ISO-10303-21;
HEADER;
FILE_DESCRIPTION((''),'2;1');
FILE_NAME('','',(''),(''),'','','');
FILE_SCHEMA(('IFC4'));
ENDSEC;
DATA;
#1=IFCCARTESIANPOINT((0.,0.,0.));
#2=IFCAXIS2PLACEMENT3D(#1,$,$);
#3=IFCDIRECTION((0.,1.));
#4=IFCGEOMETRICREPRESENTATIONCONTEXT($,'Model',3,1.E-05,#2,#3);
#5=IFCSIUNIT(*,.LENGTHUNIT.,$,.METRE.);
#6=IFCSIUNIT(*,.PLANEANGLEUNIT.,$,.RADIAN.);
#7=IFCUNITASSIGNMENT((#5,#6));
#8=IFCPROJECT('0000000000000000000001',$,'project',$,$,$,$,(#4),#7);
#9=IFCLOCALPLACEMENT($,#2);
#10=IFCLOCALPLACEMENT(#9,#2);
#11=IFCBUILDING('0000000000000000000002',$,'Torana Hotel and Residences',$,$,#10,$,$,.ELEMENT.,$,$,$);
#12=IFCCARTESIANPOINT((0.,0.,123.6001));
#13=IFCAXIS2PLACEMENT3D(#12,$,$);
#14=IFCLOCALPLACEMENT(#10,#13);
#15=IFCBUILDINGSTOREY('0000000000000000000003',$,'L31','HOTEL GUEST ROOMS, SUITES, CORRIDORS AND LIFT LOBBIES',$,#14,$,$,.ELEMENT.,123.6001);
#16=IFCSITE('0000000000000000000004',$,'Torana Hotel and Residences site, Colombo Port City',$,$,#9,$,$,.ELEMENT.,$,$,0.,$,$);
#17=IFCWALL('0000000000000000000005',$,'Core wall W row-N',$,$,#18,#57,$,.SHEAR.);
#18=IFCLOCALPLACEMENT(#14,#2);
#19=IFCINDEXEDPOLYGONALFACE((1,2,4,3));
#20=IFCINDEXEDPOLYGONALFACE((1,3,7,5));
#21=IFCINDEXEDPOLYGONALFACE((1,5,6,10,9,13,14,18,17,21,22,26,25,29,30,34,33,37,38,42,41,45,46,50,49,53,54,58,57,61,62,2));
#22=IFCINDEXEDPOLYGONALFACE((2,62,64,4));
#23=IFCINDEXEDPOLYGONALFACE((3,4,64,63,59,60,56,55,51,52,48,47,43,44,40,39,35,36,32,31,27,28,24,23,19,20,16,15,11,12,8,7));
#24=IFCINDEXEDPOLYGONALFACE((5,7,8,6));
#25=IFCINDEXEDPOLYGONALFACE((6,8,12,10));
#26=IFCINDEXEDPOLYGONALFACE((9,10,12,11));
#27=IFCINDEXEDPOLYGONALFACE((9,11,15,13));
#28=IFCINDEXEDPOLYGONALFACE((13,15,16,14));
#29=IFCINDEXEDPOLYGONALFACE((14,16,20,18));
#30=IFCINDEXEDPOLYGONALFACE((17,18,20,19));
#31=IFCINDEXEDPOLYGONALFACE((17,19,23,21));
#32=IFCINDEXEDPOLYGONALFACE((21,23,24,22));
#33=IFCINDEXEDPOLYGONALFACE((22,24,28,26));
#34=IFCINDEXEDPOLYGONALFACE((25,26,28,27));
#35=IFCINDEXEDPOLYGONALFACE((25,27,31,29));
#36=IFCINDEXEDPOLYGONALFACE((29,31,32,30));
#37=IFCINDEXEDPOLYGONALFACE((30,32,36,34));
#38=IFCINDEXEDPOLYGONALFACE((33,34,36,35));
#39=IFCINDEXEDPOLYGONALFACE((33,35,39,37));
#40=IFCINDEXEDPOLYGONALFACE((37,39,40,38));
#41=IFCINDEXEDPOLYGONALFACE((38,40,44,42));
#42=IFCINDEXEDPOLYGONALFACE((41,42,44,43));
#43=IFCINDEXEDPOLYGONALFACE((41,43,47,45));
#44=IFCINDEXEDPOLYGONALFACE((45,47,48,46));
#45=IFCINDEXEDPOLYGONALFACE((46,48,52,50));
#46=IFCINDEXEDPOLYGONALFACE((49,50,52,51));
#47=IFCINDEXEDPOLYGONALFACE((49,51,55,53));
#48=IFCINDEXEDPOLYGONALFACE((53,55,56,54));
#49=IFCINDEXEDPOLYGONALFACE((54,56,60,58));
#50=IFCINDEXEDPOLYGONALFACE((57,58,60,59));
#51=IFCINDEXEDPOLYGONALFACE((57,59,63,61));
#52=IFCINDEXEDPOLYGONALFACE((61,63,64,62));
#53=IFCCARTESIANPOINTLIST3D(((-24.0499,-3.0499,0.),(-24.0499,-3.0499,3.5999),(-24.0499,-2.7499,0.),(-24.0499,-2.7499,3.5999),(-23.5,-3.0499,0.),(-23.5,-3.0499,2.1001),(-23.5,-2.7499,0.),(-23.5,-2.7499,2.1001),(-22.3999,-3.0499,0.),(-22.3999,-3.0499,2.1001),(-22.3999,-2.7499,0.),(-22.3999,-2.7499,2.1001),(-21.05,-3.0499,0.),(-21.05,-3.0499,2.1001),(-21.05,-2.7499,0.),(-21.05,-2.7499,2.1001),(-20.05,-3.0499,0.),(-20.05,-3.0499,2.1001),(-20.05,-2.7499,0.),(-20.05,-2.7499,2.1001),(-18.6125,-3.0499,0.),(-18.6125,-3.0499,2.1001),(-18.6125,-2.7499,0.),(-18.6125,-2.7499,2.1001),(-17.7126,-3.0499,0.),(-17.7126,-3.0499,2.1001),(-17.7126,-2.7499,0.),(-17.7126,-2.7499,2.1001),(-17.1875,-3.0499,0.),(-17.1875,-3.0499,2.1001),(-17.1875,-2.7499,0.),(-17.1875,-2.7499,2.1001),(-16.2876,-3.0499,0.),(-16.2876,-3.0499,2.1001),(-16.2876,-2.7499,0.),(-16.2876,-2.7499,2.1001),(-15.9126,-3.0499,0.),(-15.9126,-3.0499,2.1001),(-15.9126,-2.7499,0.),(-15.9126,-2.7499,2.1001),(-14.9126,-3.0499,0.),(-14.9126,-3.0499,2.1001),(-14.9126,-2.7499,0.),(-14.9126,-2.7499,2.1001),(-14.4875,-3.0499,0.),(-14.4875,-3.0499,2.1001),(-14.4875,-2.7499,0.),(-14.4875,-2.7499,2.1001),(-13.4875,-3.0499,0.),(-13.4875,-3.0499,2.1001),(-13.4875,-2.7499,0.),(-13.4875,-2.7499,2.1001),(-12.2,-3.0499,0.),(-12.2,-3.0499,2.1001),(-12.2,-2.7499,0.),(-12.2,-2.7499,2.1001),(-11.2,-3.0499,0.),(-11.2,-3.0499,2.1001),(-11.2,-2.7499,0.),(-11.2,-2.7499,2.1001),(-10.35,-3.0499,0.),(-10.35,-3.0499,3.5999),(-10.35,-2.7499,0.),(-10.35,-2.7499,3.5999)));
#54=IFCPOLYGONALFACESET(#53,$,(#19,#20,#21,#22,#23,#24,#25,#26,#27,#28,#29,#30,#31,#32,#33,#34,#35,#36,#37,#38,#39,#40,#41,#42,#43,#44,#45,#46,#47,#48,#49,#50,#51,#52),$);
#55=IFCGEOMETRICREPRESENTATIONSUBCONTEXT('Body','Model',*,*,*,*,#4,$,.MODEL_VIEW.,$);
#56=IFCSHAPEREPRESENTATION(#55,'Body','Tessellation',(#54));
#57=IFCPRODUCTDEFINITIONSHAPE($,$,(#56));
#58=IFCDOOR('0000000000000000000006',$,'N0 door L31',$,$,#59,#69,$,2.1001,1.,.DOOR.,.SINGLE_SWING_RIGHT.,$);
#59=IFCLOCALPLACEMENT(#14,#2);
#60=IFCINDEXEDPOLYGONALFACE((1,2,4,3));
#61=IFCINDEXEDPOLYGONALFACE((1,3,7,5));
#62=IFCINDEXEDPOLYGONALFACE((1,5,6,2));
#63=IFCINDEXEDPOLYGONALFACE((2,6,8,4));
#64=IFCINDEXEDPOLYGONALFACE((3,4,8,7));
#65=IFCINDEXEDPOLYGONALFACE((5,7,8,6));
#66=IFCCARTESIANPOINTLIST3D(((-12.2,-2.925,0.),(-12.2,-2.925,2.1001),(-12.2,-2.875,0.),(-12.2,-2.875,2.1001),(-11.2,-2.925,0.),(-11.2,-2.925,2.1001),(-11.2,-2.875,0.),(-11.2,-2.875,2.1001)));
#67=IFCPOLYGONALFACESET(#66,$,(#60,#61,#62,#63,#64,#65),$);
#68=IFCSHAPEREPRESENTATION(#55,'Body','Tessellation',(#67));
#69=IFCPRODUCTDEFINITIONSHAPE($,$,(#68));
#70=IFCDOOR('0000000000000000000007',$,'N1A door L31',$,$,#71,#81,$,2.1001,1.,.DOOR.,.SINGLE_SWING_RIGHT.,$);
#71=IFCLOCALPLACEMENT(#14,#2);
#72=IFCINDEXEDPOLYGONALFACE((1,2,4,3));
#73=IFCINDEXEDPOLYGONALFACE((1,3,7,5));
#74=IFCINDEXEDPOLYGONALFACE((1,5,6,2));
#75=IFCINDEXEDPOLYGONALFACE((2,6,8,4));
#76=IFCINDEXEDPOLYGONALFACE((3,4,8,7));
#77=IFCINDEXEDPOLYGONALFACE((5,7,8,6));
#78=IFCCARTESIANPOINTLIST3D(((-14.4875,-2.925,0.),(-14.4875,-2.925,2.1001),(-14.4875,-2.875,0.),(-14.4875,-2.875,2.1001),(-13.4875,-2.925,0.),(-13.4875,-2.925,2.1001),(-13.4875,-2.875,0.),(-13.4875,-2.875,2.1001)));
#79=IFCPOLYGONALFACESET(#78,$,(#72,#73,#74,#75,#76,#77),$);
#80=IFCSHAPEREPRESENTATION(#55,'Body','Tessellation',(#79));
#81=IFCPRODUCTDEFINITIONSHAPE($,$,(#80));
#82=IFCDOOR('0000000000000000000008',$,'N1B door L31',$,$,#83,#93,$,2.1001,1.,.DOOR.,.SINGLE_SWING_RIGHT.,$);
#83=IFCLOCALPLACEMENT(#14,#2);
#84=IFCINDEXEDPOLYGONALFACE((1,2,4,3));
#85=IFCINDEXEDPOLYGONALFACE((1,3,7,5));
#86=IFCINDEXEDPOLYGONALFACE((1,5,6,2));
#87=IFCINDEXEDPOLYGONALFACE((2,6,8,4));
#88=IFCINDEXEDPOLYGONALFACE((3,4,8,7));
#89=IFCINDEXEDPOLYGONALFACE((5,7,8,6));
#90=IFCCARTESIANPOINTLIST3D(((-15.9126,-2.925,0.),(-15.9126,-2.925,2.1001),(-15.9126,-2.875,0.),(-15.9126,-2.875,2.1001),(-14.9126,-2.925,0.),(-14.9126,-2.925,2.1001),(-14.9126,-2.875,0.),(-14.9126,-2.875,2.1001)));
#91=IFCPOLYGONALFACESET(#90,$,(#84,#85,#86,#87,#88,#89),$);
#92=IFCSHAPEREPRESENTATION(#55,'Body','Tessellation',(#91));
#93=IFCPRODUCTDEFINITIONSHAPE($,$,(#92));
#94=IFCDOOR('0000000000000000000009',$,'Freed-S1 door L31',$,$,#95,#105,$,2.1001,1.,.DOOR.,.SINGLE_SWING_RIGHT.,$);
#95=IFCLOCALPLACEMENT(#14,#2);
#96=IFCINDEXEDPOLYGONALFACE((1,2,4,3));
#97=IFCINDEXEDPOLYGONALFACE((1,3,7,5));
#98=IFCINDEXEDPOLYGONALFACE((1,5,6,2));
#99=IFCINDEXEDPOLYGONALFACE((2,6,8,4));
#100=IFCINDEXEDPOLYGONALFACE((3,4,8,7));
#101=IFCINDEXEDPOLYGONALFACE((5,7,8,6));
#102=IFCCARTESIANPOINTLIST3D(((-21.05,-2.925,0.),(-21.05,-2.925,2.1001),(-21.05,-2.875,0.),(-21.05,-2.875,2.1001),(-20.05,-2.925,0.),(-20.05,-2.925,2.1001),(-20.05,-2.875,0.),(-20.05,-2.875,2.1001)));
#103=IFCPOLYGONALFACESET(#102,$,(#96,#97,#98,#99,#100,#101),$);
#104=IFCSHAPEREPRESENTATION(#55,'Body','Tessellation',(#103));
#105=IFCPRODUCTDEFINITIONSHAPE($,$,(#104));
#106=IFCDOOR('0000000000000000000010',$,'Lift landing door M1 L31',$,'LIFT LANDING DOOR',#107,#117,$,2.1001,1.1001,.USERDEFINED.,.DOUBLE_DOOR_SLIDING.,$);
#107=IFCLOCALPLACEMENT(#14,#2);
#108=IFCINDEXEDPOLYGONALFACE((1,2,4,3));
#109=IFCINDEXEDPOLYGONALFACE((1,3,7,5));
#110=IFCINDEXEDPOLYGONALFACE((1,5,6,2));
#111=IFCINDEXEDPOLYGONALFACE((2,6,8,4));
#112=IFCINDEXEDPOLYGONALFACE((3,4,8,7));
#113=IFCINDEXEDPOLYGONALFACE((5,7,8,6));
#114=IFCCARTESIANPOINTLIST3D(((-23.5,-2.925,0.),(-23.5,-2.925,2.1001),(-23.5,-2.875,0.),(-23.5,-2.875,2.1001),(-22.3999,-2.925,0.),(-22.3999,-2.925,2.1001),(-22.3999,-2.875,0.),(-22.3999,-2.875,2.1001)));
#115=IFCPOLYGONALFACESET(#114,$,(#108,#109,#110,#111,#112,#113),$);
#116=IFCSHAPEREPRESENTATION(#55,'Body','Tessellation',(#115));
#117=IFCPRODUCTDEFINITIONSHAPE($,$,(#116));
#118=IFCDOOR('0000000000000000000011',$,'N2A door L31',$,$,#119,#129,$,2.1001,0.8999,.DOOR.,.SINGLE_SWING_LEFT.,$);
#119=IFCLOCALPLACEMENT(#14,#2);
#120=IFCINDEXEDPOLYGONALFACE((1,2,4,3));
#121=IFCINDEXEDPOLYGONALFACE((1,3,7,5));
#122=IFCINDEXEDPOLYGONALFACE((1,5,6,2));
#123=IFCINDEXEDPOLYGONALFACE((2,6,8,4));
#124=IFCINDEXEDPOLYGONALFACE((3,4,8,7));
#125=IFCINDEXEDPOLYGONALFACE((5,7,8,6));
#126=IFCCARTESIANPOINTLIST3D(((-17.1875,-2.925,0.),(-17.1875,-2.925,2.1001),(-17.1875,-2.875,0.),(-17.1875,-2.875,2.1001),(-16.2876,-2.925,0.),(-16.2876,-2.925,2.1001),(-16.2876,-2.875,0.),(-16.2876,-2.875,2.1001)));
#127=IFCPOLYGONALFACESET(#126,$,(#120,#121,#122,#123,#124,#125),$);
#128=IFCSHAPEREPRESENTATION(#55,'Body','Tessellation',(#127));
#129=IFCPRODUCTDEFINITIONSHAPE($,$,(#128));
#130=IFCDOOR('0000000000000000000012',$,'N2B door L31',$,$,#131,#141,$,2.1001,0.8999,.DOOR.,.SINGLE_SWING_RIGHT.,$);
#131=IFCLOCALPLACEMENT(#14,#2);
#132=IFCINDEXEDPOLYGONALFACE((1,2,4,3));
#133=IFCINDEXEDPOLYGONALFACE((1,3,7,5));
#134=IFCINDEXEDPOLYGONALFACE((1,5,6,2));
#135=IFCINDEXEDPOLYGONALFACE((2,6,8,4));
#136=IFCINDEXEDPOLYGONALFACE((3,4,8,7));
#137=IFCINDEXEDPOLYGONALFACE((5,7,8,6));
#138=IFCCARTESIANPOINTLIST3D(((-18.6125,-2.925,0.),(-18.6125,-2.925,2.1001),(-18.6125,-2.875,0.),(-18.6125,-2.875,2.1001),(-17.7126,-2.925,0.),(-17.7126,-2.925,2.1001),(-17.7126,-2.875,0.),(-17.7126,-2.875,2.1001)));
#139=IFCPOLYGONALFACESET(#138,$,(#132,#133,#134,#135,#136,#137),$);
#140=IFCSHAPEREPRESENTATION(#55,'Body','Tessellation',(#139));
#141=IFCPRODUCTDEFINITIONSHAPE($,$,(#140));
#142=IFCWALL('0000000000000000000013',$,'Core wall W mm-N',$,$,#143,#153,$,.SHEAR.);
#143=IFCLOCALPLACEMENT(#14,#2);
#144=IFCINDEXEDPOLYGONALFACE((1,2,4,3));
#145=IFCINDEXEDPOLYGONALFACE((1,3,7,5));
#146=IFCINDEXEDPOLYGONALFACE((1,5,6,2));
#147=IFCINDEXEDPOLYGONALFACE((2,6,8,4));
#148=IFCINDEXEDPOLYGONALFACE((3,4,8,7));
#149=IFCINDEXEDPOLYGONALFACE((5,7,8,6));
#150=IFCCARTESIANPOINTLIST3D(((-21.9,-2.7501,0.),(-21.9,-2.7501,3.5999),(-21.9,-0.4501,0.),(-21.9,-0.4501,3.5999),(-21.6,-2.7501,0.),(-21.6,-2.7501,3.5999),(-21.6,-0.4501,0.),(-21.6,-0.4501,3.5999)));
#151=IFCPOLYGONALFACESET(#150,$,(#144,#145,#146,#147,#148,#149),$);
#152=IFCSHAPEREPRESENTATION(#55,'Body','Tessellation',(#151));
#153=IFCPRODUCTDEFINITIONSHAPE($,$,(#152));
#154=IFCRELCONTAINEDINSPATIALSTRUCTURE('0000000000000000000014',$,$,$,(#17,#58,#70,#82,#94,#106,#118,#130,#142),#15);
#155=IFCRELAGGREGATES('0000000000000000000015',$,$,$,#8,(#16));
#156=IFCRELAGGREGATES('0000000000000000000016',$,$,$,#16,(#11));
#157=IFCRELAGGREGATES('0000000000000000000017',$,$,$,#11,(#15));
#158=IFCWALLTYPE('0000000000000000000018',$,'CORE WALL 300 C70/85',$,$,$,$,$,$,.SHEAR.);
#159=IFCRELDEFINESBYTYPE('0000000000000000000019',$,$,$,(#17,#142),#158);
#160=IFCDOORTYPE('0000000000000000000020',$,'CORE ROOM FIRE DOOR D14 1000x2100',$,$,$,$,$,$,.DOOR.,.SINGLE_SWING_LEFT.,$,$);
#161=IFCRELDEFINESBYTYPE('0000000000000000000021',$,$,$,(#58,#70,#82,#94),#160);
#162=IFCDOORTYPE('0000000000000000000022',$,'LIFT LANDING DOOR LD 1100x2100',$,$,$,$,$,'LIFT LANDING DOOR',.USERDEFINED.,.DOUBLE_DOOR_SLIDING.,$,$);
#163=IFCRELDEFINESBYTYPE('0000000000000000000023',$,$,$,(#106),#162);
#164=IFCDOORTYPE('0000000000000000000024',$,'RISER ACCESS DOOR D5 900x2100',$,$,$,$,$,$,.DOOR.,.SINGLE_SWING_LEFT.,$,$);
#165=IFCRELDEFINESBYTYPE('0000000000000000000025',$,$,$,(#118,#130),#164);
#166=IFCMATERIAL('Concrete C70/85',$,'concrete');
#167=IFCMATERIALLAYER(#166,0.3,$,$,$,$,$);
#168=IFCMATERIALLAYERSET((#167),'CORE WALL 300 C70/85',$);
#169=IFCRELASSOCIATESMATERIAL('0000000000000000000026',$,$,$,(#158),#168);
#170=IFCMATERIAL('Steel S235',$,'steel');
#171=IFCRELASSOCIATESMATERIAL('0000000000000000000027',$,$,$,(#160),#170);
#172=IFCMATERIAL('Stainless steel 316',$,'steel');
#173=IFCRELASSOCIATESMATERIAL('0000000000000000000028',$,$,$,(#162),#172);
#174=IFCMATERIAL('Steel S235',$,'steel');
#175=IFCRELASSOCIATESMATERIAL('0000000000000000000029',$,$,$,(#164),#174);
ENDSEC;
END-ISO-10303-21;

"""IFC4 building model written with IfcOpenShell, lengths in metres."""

from ifc_helpers import new_model, si_unit, direction, frame, frame_2d, origin, place, context, subcontext, project, spatial, rectangle, extrude, material, layer, layer_set, type_object, element, fill, save


model = new_model("IFC4")

# Units and contexts
model_context = context("Model", 3, precision=1e-05, world=origin(), true_north=direction((0.0, 1.0)))
body_context = subcontext(model_context, "Body", "Model", "MODEL_VIEW")
ifc_project = project(units=[si_unit("LENGTHUNIT", "METRE"), si_unit("PLANEANGLEUNIT", "RADIAN")], contexts=[model_context])

# Site, building, storey
site_placement = place(None, origin())
site = spatial("IfcSite", under=ifc_project, at=site_placement, Name="Torana Hotel and Residences site, Colombo Port City", CompositionType="ELEMENT", RefElevation=0.0)
building_placement = place(site_placement, origin())
building = spatial("IfcBuilding", under=site, at=building_placement, Name="Torana Hotel and Residences", CompositionType="ELEMENT")
storey_placement = place(building_placement, frame((0.0, 0.0, 123.6001)))
storey = spatial("IfcBuildingStorey", under=building, at=storey_placement, Name="L31", Description="HOTEL GUEST ROOMS, SUITES, CORRIDORS AND LIFT LOBBIES", CompositionType="ELEMENT", Elevation=123.6001)

# Wall, openings, doors
ifc_material_1 = material(Name="Concrete C70/85", Category="concrete")
ifc_layer_1 = layer(ifc_material_1, 0.3)
ifc_layer_set_1 = layer_set([ifc_layer_1], Name="CORE WALL 300 C70/85")
wall_type_1 = type_object("IfcWallType", Name="CORE WALL 300 C70/85", PredefinedType="SHEAR", material=ifc_layer_set_1)
wall_1_placement = place(storey_placement, frame((-24.05, -2.8999, 0.0), z_axis=(0.0, 0.0, 1.0), x_axis=(1.0, 0.0, 0.0)))
wall_1 = element("IfcWall", 1, at=wall_1_placement, inside=storey, type_object=wall_type_1, Name="Core wall W row-N", PredefinedType="SHEAR", context=body_context, shape_type="SweptSolid", body=[
    extrude(rectangle(XDim=13.7, YDim=0.3, at=frame_2d((6.8501, 0.0))), origin(), (0.0, 0.0, 1.0), 3.5999),
])
opening_1_placement = place(wall_1_placement, frame((0.55, 0.0, 0.0)))
opening_1 = element("IfcOpeningElement", 2, at=opening_1_placement, cuts=wall_1, PredefinedType="OPENING", context=body_context, shape_type="SweptSolid", body=[
    extrude(rectangle(XDim=1.1001, YDim=2.1001, at=frame_2d((0.55, 1.05))), frame((0.0, 0.1599, 0.0), z_axis=(0.0, -1.0, 0.0), x_axis=(1.0, 0.0, 0.0)), (0.0, 0.0, 1.0), 0.3201),
])
opening_2_placement = place(wall_1_placement, frame((6.8625, 0.0, 0.0)))
opening_2 = element("IfcOpeningElement", 3, at=opening_2_placement, cuts=wall_1, PredefinedType="OPENING", context=body_context, shape_type="SweptSolid", body=[
    extrude(rectangle(XDim=0.8999, YDim=2.1001, at=frame_2d((0.45, 1.05))), frame((0.0, 0.1599, 0.0), z_axis=(0.0, -1.0, 0.0), x_axis=(1.0, 0.0, 0.0)), (0.0, 0.0, 1.0), 0.3201),
])
opening_3_placement = place(wall_1_placement, frame((5.4375, 0.0, 0.0)))
opening_3 = element("IfcOpeningElement", 4, at=opening_3_placement, cuts=wall_1, PredefinedType="OPENING", context=body_context, shape_type="SweptSolid", body=[
    extrude(rectangle(XDim=0.8999, YDim=2.1001, at=frame_2d((0.45, 1.05))), frame((0.0, 0.1599, 0.0), z_axis=(0.0, -1.0, 0.0), x_axis=(1.0, 0.0, 0.0)), (0.0, 0.0, 1.0), 0.3201),
])
opening_4_placement = place(wall_1_placement, frame((11.8501, 0.0, 0.0)))
opening_4 = element("IfcOpeningElement", 5, at=opening_4_placement, cuts=wall_1, PredefinedType="OPENING", context=body_context, shape_type="SweptSolid", body=[
    extrude(rectangle(XDim=1.0, YDim=2.1001, at=frame_2d((0.5, 1.05))), frame((0.0, 0.1599, 0.0), z_axis=(0.0, -1.0, 0.0), x_axis=(1.0, 0.0, 0.0)), (0.0, 0.0, 1.0), 0.3201),
])
opening_5_placement = place(wall_1_placement, frame((9.5625, 0.0, 0.0)))
opening_5 = element("IfcOpeningElement", 6, at=opening_5_placement, cuts=wall_1, PredefinedType="OPENING", context=body_context, shape_type="SweptSolid", body=[
    extrude(rectangle(XDim=1.0, YDim=2.1001, at=frame_2d((0.5, 1.05))), frame((0.0, 0.1599, 0.0), z_axis=(0.0, -1.0, 0.0), x_axis=(1.0, 0.0, 0.0)), (0.0, 0.0, 1.0), 0.3201),
])
opening_6_placement = place(wall_1_placement, frame((8.1375, 0.0, 0.0)))
opening_6 = element("IfcOpeningElement", 7, at=opening_6_placement, cuts=wall_1, PredefinedType="OPENING", context=body_context, shape_type="SweptSolid", body=[
    extrude(rectangle(XDim=1.0, YDim=2.1001, at=frame_2d((0.5, 1.05))), frame((0.0, 0.1599, 0.0), z_axis=(0.0, -1.0, 0.0), x_axis=(1.0, 0.0, 0.0)), (0.0, 0.0, 1.0), 0.3201),
])
opening_7_placement = place(wall_1_placement, frame((3.0, 0.0, 0.0)))
opening_7 = element("IfcOpeningElement", 8, at=opening_7_placement, cuts=wall_1, PredefinedType="OPENING", context=body_context, shape_type="SweptSolid", body=[
    extrude(rectangle(XDim=1.0, YDim=2.1001, at=frame_2d((0.5, 1.05))), frame((0.0, 0.1599, 0.0), z_axis=(0.0, -1.0, 0.0), x_axis=(1.0, 0.0, 0.0)), (0.0, 0.0, 1.0), 0.3201),
])
ifc_material_2 = material(Name="Steel S235", Category="steel")
door_type_1 = type_object("IfcDoorType", Name="CORE ROOM FIRE DOOR D14 1000x2100", OperationType="SINGLE_SWING_LEFT", PredefinedType="DOOR", material=ifc_material_2)
door_1_placement = place(opening_4_placement, origin())
door_1 = element("IfcDoor", 9, at=door_1_placement, inside=storey, type_object=door_type_1, Name="N0 door L31", OperationType="SINGLE_SWING_RIGHT", OverallHeight=2.1001, OverallWidth=1.0, PredefinedType="DOOR", context=body_context, shape_type="SweptSolid", body=[
    extrude(rectangle(XDim=1.0, YDim=2.1001, at=frame_2d((0.5, 1.05))), frame((0.0, 0.0249, 0.0), z_axis=(0.0, -1.0, 0.0), x_axis=(1.0, 0.0, 0.0)), (0.0, 0.0, 1.0), 0.05),
])
fill(opening_4, door_1)
door_2_placement = place(opening_5_placement, origin())
door_2 = element("IfcDoor", 10, at=door_2_placement, inside=storey, type_object=door_type_1, Name="N1A door L31", OperationType="SINGLE_SWING_RIGHT", OverallHeight=2.1001, OverallWidth=1.0, PredefinedType="DOOR", context=body_context, shape_type="SweptSolid", body=[
    extrude(rectangle(XDim=1.0, YDim=2.1001, at=frame_2d((0.5, 1.05))), frame((0.0, 0.0249, 0.0), z_axis=(0.0, -1.0, 0.0), x_axis=(1.0, 0.0, 0.0)), (0.0, 0.0, 1.0), 0.05),
])
fill(opening_5, door_2)
door_3_placement = place(opening_6_placement, origin())
door_3 = element("IfcDoor", 11, at=door_3_placement, inside=storey, type_object=door_type_1, Name="N1B door L31", OperationType="SINGLE_SWING_RIGHT", OverallHeight=2.1001, OverallWidth=1.0, PredefinedType="DOOR", context=body_context, shape_type="SweptSolid", body=[
    extrude(rectangle(XDim=1.0, YDim=2.1001, at=frame_2d((0.5, 1.05))), frame((0.0, 0.0249, 0.0), z_axis=(0.0, -1.0, 0.0), x_axis=(1.0, 0.0, 0.0)), (0.0, 0.0, 1.0), 0.05),
])
fill(opening_6, door_3)
door_4_placement = place(opening_7_placement, origin())
door_4 = element("IfcDoor", 12, at=door_4_placement, inside=storey, type_object=door_type_1, Name="Freed-S1 door L31", OperationType="SINGLE_SWING_RIGHT", OverallHeight=2.1001, OverallWidth=1.0, PredefinedType="DOOR", context=body_context, shape_type="SweptSolid", body=[
    extrude(rectangle(XDim=1.0, YDim=2.1001, at=frame_2d((0.5, 1.05))), frame((0.0, 0.0249, 0.0), z_axis=(0.0, -1.0, 0.0), x_axis=(1.0, 0.0, 0.0)), (0.0, 0.0, 1.0), 0.05),
])
fill(opening_7, door_4)
ifc_material_3 = material(Name="Stainless steel 316", Category="steel")
door_type_2 = type_object("IfcDoorType", Name="LIFT LANDING DOOR LD 1100x2100", ElementType="LIFT LANDING DOOR", OperationType="DOUBLE_DOOR_SLIDING", PredefinedType="USERDEFINED", material=ifc_material_3)
door_5_placement = place(opening_1_placement, origin())
door_5 = element("IfcDoor", 13, at=door_5_placement, inside=storey, type_object=door_type_2, Name="Lift landing door M1 L31", ObjectType="LIFT LANDING DOOR", OperationType="DOUBLE_DOOR_SLIDING", OverallHeight=2.1001, OverallWidth=1.1001, PredefinedType="USERDEFINED", context=body_context, shape_type="SweptSolid", body=[
    extrude(rectangle(XDim=1.1001, YDim=2.1001, at=frame_2d((0.55, 1.05))), frame((0.0, 0.0249, 0.0), z_axis=(0.0, -1.0, 0.0), x_axis=(1.0, 0.0, 0.0)), (0.0, 0.0, 1.0), 0.05),
])
fill(opening_1, door_5)
ifc_material_4 = material(Name="Steel S235", Category="steel")
door_type_3 = type_object("IfcDoorType", Name="RISER ACCESS DOOR D5 900x2100", OperationType="SINGLE_SWING_LEFT", PredefinedType="DOOR", material=ifc_material_4)
door_6_placement = place(opening_2_placement, origin())
door_6 = element("IfcDoor", 14, at=door_6_placement, inside=storey, type_object=door_type_3, Name="N2A door L31", OperationType="SINGLE_SWING_LEFT", OverallHeight=2.1001, OverallWidth=0.8999, PredefinedType="DOOR", context=body_context, shape_type="SweptSolid", body=[
    extrude(rectangle(XDim=0.8999, YDim=2.1001, at=frame_2d((0.45, 1.05))), frame((0.0, 0.0249, 0.0), z_axis=(0.0, -1.0, 0.0), x_axis=(1.0, 0.0, 0.0)), (0.0, 0.0, 1.0), 0.05),
])
fill(opening_2, door_6)
door_7_placement = place(opening_3_placement, origin())
door_7 = element("IfcDoor", 15, at=door_7_placement, inside=storey, type_object=door_type_3, Name="N2B door L31", OperationType="SINGLE_SWING_RIGHT", OverallHeight=2.1001, OverallWidth=0.8999, PredefinedType="DOOR", context=body_context, shape_type="SweptSolid", body=[
    extrude(rectangle(XDim=0.8999, YDim=2.1001, at=frame_2d((0.45, 1.05))), frame((0.0, 0.0249, 0.0), z_axis=(0.0, -1.0, 0.0), x_axis=(1.0, 0.0, 0.0)), (0.0, 0.0, 1.0), 0.05),
])
fill(opening_3, door_7)

# Wall
wall_2_placement = place(storey_placement, frame((-21.75, -2.75, 0.0), z_axis=(0.0, 0.0, 1.0), x_axis=(0.0, 1.0, 0.0)))
element("IfcWall", 16, at=wall_2_placement, inside=storey, type_object=wall_type_1, Name="Core wall W mm-N", PredefinedType="SHEAR", context=body_context, shape_type="SweptSolid", body=[
    extrude(rectangle(XDim=2.3, YDim=0.3, at=frame_2d((1.1499, 0.0))), origin(), (0.0, 0.0, 1.0), 3.5999),
])

save(model, "model.ifc")
